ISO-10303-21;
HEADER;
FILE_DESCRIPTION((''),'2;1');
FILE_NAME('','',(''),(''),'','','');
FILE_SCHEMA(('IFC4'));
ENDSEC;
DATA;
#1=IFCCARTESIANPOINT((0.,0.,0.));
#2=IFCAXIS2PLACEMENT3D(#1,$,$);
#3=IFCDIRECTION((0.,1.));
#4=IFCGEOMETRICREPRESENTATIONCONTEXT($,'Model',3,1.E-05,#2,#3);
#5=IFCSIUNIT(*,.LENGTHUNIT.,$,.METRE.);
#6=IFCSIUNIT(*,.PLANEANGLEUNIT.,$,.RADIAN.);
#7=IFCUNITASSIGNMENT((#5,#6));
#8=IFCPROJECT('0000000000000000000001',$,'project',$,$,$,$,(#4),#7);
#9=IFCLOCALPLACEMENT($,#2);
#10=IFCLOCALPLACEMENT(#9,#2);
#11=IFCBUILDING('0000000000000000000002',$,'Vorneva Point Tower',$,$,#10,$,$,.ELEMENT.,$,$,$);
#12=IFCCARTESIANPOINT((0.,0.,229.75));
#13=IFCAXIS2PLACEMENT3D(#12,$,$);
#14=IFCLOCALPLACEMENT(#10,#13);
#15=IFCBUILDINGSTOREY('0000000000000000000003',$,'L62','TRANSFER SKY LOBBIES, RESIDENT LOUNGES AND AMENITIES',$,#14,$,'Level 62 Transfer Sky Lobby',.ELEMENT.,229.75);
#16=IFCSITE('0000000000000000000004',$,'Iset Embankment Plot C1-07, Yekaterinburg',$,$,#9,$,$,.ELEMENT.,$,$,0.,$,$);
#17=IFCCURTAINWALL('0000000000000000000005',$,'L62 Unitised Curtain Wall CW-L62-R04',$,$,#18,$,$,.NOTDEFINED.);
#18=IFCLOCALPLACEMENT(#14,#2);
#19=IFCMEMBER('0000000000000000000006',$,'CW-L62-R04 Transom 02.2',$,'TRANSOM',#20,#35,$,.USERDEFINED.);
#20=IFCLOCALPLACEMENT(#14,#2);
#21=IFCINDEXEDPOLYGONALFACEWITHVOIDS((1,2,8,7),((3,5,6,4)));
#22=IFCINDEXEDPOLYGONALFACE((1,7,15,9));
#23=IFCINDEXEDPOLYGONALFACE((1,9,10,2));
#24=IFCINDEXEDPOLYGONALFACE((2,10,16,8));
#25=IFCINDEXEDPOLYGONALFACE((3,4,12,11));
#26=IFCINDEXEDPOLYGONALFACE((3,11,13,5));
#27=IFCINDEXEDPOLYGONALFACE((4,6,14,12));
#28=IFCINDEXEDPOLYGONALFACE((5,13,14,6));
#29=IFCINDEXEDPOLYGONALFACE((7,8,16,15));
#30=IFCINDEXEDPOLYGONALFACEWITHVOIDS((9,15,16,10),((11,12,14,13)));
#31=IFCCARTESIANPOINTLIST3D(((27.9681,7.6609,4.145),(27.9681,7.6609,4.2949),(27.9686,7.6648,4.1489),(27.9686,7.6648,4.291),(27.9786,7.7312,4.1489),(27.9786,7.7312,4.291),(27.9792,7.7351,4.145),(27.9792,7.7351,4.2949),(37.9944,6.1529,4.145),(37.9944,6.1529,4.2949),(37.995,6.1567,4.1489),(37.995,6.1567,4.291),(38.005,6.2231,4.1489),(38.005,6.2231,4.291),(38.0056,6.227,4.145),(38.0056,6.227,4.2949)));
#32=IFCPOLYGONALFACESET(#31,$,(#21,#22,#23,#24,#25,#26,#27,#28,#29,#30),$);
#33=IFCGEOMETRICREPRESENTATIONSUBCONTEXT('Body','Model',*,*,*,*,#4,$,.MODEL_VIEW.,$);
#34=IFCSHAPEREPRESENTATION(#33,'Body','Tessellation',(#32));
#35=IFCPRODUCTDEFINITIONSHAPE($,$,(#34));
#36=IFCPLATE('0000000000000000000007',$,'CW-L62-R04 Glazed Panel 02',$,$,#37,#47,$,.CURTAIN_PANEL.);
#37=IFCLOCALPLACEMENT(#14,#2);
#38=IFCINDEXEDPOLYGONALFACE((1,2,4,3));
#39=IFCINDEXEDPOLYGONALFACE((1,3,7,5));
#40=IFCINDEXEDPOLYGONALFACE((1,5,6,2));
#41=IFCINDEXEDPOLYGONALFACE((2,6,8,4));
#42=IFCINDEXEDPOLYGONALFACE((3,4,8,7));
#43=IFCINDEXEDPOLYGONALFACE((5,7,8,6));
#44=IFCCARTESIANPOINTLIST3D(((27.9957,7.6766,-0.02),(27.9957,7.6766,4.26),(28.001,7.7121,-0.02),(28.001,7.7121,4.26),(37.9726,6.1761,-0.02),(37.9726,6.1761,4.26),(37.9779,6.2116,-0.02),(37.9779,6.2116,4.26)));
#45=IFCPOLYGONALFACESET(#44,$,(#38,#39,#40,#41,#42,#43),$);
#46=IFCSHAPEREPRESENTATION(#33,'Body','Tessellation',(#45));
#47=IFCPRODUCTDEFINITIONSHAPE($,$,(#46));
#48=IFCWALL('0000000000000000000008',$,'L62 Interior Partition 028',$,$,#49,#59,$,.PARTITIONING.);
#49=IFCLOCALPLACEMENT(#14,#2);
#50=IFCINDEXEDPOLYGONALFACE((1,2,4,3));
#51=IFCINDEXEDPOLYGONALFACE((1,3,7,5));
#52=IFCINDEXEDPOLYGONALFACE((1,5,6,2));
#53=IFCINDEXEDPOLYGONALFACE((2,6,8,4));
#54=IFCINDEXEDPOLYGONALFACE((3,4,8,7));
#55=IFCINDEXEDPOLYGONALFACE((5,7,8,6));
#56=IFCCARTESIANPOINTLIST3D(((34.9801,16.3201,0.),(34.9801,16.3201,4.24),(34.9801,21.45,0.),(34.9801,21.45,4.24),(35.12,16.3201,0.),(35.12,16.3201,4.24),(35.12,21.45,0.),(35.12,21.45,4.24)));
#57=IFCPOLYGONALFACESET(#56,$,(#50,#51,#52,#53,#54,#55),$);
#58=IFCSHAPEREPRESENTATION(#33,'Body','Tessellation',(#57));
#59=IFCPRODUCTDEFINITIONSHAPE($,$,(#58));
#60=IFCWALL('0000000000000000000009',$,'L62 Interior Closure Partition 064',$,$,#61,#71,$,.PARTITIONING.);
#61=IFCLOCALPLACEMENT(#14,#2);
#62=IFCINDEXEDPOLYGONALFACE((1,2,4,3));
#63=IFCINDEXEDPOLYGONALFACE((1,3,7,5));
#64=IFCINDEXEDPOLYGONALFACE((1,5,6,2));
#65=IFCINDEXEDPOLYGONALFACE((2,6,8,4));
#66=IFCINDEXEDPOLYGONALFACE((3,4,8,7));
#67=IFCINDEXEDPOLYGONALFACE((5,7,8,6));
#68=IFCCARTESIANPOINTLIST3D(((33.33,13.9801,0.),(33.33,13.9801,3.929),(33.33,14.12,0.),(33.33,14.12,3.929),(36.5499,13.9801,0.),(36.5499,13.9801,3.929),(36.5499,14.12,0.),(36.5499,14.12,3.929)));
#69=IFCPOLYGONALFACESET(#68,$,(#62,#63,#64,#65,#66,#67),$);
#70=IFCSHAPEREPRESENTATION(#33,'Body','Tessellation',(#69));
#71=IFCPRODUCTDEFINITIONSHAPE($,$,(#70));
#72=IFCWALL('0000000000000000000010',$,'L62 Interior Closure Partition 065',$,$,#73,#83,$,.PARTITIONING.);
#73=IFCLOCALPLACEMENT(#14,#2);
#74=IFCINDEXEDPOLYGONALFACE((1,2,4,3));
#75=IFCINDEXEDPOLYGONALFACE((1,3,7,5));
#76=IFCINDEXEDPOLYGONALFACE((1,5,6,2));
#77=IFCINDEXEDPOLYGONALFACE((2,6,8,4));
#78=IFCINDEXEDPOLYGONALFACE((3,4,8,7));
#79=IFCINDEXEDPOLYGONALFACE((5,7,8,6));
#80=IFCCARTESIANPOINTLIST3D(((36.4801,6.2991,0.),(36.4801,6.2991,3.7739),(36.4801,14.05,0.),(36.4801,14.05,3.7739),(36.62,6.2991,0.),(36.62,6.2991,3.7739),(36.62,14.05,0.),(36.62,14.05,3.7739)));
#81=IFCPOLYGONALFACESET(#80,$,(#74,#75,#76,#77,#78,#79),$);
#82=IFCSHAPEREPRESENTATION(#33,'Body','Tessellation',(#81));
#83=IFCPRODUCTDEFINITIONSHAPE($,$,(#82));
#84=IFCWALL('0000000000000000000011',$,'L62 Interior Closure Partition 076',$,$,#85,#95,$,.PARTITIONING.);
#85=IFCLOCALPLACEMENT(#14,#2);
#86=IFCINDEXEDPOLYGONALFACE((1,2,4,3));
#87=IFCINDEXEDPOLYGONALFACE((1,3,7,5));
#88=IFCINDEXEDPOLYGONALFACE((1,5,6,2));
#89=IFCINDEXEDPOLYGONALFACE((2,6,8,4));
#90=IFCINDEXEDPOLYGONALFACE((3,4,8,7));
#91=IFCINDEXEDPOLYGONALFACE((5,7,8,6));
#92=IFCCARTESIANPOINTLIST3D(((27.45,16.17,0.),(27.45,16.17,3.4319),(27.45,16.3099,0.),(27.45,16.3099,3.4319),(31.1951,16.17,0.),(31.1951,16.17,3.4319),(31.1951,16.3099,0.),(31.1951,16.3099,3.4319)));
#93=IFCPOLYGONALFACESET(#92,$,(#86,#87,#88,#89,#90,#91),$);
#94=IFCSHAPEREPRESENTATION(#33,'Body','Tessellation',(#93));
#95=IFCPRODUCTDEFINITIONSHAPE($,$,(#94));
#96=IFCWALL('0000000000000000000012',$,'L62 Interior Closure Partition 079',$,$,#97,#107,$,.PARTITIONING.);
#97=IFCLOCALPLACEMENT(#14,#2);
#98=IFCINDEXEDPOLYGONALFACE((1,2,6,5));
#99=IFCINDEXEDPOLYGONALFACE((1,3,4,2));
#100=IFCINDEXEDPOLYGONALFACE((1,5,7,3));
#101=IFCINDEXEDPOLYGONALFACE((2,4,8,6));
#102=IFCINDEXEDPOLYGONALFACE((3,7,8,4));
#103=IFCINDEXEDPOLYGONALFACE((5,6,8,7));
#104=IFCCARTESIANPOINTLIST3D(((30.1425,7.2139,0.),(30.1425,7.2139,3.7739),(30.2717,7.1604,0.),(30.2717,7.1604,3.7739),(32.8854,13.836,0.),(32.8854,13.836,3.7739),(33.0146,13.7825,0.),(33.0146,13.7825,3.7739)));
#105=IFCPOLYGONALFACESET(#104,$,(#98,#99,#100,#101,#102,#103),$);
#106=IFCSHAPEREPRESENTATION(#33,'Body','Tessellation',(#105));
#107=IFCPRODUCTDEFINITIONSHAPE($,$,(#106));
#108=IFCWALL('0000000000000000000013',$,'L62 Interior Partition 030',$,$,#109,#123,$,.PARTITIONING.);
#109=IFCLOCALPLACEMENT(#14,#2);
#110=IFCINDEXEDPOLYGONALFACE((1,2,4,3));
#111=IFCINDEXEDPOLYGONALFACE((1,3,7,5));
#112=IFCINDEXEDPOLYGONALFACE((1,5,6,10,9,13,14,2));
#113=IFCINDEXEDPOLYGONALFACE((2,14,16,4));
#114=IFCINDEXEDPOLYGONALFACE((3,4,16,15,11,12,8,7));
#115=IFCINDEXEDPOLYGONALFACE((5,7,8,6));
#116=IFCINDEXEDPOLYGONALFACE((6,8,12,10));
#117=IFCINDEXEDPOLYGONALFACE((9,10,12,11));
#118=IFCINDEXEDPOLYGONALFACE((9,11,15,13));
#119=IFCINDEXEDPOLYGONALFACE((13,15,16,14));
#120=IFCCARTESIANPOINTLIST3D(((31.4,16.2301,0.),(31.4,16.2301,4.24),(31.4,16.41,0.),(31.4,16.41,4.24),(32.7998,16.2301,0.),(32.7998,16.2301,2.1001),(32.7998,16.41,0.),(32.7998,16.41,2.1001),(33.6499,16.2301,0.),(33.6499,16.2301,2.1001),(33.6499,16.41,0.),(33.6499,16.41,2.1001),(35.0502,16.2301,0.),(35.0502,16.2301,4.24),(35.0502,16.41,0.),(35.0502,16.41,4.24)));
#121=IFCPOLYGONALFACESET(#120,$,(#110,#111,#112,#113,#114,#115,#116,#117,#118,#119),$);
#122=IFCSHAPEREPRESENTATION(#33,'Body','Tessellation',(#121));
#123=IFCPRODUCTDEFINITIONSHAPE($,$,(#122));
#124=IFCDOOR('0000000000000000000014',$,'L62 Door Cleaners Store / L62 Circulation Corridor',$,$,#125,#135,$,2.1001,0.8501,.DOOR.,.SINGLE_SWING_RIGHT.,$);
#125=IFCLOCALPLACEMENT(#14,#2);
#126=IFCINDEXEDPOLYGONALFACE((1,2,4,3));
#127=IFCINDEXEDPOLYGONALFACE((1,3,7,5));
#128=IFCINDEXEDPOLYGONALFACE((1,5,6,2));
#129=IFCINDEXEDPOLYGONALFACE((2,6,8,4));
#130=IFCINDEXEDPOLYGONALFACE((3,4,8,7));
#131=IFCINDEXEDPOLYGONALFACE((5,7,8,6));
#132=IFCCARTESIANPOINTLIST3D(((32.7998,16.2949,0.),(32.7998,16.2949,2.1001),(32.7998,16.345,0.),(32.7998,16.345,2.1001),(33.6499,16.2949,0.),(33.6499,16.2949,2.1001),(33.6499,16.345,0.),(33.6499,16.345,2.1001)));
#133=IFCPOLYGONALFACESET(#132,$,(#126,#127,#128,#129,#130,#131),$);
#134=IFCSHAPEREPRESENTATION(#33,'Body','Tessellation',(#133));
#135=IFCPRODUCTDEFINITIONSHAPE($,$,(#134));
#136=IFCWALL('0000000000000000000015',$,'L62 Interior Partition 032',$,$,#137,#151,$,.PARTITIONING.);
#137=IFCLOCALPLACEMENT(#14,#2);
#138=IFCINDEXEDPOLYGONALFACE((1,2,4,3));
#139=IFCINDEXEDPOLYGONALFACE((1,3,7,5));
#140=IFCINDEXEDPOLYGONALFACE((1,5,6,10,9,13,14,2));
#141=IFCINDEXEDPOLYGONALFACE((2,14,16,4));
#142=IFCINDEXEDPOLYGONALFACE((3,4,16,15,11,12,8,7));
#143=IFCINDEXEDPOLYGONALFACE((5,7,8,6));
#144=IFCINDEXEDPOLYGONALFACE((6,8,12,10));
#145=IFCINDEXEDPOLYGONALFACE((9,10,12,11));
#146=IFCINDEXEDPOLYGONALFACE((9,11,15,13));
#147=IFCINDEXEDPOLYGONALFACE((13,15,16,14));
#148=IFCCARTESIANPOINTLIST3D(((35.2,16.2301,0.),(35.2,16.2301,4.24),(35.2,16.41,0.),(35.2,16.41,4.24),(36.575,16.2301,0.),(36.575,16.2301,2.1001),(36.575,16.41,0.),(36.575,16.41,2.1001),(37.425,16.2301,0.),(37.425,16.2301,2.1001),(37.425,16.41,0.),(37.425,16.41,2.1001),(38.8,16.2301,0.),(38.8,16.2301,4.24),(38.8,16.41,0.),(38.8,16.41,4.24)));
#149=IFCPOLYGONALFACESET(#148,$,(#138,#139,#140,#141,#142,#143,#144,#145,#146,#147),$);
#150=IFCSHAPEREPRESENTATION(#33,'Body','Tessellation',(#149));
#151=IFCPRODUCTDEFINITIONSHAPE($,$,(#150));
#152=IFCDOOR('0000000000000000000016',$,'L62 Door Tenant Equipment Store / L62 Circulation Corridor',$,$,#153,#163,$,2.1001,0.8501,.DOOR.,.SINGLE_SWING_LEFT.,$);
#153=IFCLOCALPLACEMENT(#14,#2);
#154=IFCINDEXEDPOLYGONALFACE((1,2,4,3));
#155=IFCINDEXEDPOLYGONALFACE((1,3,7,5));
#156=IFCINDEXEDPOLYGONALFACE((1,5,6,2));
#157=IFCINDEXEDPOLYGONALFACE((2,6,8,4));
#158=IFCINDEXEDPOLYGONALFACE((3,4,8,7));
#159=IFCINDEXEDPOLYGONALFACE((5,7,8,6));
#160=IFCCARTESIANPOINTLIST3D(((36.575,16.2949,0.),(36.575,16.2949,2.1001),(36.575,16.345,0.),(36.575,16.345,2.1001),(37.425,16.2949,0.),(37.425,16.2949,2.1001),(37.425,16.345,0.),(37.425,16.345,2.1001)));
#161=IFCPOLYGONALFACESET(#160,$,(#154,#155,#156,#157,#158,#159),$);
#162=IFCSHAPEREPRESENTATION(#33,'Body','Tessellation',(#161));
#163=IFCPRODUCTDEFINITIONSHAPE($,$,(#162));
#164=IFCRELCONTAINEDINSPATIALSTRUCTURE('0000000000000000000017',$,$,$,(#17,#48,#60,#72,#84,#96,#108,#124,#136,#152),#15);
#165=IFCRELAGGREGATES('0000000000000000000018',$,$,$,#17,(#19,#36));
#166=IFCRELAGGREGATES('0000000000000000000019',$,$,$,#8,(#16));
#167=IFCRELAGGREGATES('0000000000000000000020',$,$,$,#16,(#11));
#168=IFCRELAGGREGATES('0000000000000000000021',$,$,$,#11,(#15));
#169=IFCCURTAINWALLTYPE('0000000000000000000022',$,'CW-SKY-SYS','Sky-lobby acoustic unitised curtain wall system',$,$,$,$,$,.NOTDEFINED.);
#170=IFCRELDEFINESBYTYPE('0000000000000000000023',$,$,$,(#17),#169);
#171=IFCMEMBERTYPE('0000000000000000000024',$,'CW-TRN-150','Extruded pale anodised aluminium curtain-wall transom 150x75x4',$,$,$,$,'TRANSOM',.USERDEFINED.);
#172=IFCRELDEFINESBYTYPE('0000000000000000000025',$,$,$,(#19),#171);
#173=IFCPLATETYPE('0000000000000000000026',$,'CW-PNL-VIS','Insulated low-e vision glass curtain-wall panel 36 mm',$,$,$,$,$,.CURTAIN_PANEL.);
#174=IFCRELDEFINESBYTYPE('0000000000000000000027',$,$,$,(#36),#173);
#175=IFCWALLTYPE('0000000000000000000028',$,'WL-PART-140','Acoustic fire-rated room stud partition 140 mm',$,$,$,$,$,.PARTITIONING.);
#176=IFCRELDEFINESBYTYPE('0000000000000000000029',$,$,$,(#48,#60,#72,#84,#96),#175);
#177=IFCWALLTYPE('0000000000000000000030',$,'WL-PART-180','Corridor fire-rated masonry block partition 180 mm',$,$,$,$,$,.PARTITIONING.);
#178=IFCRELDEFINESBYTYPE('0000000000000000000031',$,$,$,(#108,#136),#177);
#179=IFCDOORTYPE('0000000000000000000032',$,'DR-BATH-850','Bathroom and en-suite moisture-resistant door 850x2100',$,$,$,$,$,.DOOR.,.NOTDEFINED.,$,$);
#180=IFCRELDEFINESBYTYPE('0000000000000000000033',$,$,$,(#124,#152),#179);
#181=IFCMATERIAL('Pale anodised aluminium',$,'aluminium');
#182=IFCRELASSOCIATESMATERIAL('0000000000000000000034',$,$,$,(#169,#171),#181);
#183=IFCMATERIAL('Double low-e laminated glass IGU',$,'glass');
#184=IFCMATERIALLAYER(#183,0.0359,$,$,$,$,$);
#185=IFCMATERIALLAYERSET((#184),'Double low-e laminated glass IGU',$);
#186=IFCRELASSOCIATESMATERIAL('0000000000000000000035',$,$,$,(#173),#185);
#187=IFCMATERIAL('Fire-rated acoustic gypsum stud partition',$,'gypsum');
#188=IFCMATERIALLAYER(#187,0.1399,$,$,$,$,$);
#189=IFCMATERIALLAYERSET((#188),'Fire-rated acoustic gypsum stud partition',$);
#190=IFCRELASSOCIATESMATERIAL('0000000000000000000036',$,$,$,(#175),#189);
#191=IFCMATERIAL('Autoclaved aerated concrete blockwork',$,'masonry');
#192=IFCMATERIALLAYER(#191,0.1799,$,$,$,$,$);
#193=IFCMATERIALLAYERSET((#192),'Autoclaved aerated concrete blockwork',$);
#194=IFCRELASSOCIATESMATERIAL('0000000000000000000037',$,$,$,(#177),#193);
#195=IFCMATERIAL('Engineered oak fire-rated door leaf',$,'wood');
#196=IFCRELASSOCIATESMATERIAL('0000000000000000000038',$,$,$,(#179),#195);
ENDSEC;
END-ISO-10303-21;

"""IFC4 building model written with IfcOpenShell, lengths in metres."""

from ifc_helpers import new_model, si_unit, direction, frame, frame_2d, origin, origin_2d, place, context, subcontext, project, spatial, rectangle, hollow_rectangle, extrude, material, layer, layer_set, material_profile, profile_set, type_object, element, fill, aggregate, save


model = new_model("IFC4")

# Units and contexts
model_context = context("Model", 3, precision=1e-05, world=origin(), true_north=direction((0.0, 1.0)))
body_context = subcontext(model_context, "Body", "Model", "MODEL_VIEW")
ifc_project = project(units=[si_unit("LENGTHUNIT", "METRE"), si_unit("PLANEANGLEUNIT", "RADIAN")], contexts=[model_context])

# Site, building, storey
site_placement = place(None, origin())
site = spatial("IfcSite", under=ifc_project, at=site_placement, Name="Iset Embankment Plot C1-07, Yekaterinburg", CompositionType="ELEMENT", RefElevation=0.0)
building_placement = place(site_placement, origin())
building = spatial("IfcBuilding", under=site, at=building_placement, Name="Vorneva Point Tower", CompositionType="ELEMENT")
storey_placement = place(building_placement, frame((0.0, 0.0, 229.75)))
storey = spatial("IfcBuildingStorey", under=building, at=storey_placement, Name="L62", Description="TRANSFER SKY LOBBIES, RESIDENT LOUNGES AND AMENITIES", LongName="Level 62 Transfer Sky Lobby", CompositionType="ELEMENT", Elevation=229.75)

# Curtain wall, member, plate
ifc_material_1 = material(Name="Pale anodised aluminium", Category="aluminium")
curtain_wall_type = type_object("IfcCurtainWallType", Name="CW-SKY-SYS", Description="Sky-lobby acoustic unitised curtain wall system", PredefinedType="NOTDEFINED", material=ifc_material_1)
curtain_wall_placement = place(storey_placement, origin())
curtain_wall = element("IfcCurtainWall", 1, at=curtain_wall_placement, inside=storey, type_object=curtain_wall_type, Name="L62 Unitised Curtain Wall CW-L62-R04", PredefinedType="NOTDEFINED")
ifc_material_profile_1 = material_profile(ifc_material_1, hollow_rectangle(XDim=0.075, YDim=0.1499, WallThickness=0.0039, at=origin_2d()), Name="AL-TRN 150x75x4")
ifc_profile_set_1 = profile_set([ifc_material_profile_1], Name="Pale anodised aluminium")
member_type_1 = type_object("IfcMemberType", Name="CW-TRN-150", Description="Extruded pale anodised aluminium curtain-wall transom 150x75x4", ElementType="TRANSOM", PredefinedType="USERDEFINED", material=ifc_profile_set_1)
member_1_placement = place(storey_placement, frame((27.9736, 7.698, 4.22), z_axis=(0.988877, -0.148736, 0.0), x_axis=(0.148736, 0.988877, 0.0)))
member_1 = element("IfcMember", 2, at=member_1_placement, type_object=member_type_1, Name="CW-L62-R04 Transom 02.2", ObjectType="TRANSOM", PredefinedType="USERDEFINED", context=body_context, shape_type="SweptSolid", body=[
    extrude(hollow_rectangle(XDim=0.075, YDim=0.1499, WallThickness=0.0039, at=origin_2d()), origin(), (0.0, 0.0, 1.0), 10.1392),
])
ifc_material_2 = material(Name="Double low-e laminated glass IGU", Category="glass")
ifc_layer_1 = layer(ifc_material_2, 0.0359)
ifc_layer_set_1 = layer_set([ifc_layer_1], Name="Double low-e laminated glass IGU")
plate_type = type_object("IfcPlateType", Name="CW-PNL-VIS", Description="Insulated low-e vision glass curtain-wall panel 36 mm", PredefinedType="CURTAIN_PANEL", material=ifc_layer_set_1)
plate_placement = place(storey_placement, frame((32.9868, 6.9441, -0.02), z_axis=(0.0, 0.0, 1.0), x_axis=(0.988879, -0.148724, 0.0)))
plate = element("IfcPlate", 3, at=plate_placement, type_object=plate_type, Name="CW-L62-R04 Glazed Panel 02", PredefinedType="CURTAIN_PANEL", context=body_context, shape_type="SweptSolid", body=[
    extrude(rectangle(XDim=10.0891, YDim=0.0359, at=origin_2d()), origin(), (0.0, 0.0, 1.0), 4.28),
])
aggregate(curtain_wall, [member_1, plate])

# Walls
ifc_material_3 = material(Name="Fire-rated acoustic gypsum stud partition", Category="gypsum")
ifc_layer_2 = layer(ifc_material_3, 0.1399)
ifc_layer_set_2 = layer_set([ifc_layer_2], Name="Fire-rated acoustic gypsum stud partition")
wall_type_1 = type_object("IfcWallType", Name="WL-PART-140", Description="Acoustic fire-rated room stud partition 140 mm", PredefinedType="PARTITIONING", material=ifc_layer_set_2)
wall_1_placement = place(storey_placement, frame((35.05, 16.3201, 0.0), z_axis=(0.0, 0.0, 1.0), x_axis=(0.0, 1.0, 0.0)))
element("IfcWall", 4, at=wall_1_placement, inside=storey, type_object=wall_type_1, Name="L62 Interior Partition 028", PredefinedType="PARTITIONING", context=body_context, shape_type="SweptSolid", body=[
    extrude(rectangle(XDim=5.1299, YDim=0.1399, at=frame_2d((2.5649, 0.0))), origin(), (0.0, 0.0, 1.0), 4.24),
])
wall_2_placement = place(storey_placement, frame((33.3301, 14.05, 0.0), z_axis=(0.0, 0.0, 1.0), x_axis=(1.0, 0.0, 0.0)))
element("IfcWall", 5, at=wall_2_placement, inside=storey, type_object=wall_type_1, Name="L62 Interior Closure Partition 064", PredefinedType="PARTITIONING", context=body_context, shape_type="SweptSolid", body=[
    extrude(rectangle(XDim=3.22, YDim=0.1399, at=frame_2d((1.6099, 0.0))), origin(), (0.0, 0.0, 1.0), 3.929),
])
wall_3_placement = place(storey_placement, frame((36.55, 14.05, 0.0), z_axis=(0.0, 0.0, 1.0), x_axis=(0.0, -1.0, 0.0)))
element("IfcWall", 6, at=wall_3_placement, inside=storey, type_object=wall_type_1, Name="L62 Interior Closure Partition 065", PredefinedType="PARTITIONING", context=body_context, shape_type="SweptSolid", body=[
    extrude(rectangle(XDim=7.751, YDim=0.1399, at=frame_2d((3.8755, 0.0))), origin(), (0.0, 0.0, 1.0), 3.7739),
])
wall_4_placement = place(storey_placement, frame((27.45, 16.24, 0.0), z_axis=(0.0, 0.0, 1.0), x_axis=(1.0, 0.0, 0.0)))
element("IfcWall", 7, at=wall_4_placement, inside=storey, type_object=wall_type_1, Name="L62 Interior Closure Partition 076", PredefinedType="PARTITIONING", context=body_context, shape_type="SweptSolid", body=[
    extrude(rectangle(XDim=3.7451, YDim=0.1399, at=frame_2d((1.8726, 0.0))), origin(), (0.0, 0.0, 1.0), 3.4319),
])
wall_5_placement = place(storey_placement, frame((30.207, 7.187, 0.0), z_axis=(0.0, 0.0, 1.0), x_axis=(0.38268, 0.923881, 0.0)))
element("IfcWall", 8, at=wall_5_placement, inside=storey, type_object=wall_type_1, Name="L62 Interior Closure Partition 079", PredefinedType="PARTITIONING", context=body_context, shape_type="SweptSolid", body=[
    extrude(rectangle(XDim=7.1677, YDim=0.1399, at=frame_2d((3.584, 0.0))), origin(), (0.0, 0.0, 1.0), 3.7739),
])

# Walls, openings, doors
ifc_material_4 = material(Name="Autoclaved aerated concrete blockwork", Category="masonry")
ifc_layer_3 = layer(ifc_material_4, 0.1799)
ifc_layer_set_3 = layer_set([ifc_layer_3], Name="Autoclaved aerated concrete blockwork")
wall_type_2 = type_object("IfcWallType", Name="WL-PART-180", Description="Corridor fire-rated masonry block partition 180 mm", PredefinedType="PARTITIONING", material=ifc_layer_set_3)
wall_6_placement = place(storey_placement, frame((31.3999, 16.3201, 0.0), z_axis=(0.0, 0.0, 1.0), x_axis=(1.0, 0.0, 0.0)))
wall_6 = element("IfcWall", 9, at=wall_6_placement, inside=storey, type_object=wall_type_2, Name="L62 Interior Partition 030", PredefinedType="PARTITIONING", context=body_context, shape_type="SweptSolid", body=[
    extrude(rectangle(XDim=3.6501, YDim=0.1799, at=frame_2d((1.8252, 0.0))), origin(), (0.0, 0.0, 1.0), 4.24),
])
opening_1_placement = place(wall_6_placement, frame((1.3999, 0.0, 0.0)))
opening_1 = element("IfcOpeningElement", 10, at=opening_1_placement, cuts=wall_6, PredefinedType="OPENING", context=body_context, shape_type="SweptSolid", body=[
    extrude(rectangle(XDim=0.8501, YDim=2.1001, at=frame_2d((0.425, 1.05))), frame((0.0, 0.105, 0.0), z_axis=(0.0, -1.0, 0.0), x_axis=(1.0, 0.0, 0.0)), (0.0, 0.0, 1.0), 0.2097),
])
ifc_material_5 = material(Name="Engineered oak fire-rated door leaf", Category="wood")
door_type = type_object("IfcDoorType", Name="DR-BATH-850", Description="Bathroom and en-suite moisture-resistant door 850x2100", OperationType="NOTDEFINED", PredefinedType="DOOR", material=ifc_material_5)
door_1_placement = place(opening_1_placement, origin())
door_1 = element("IfcDoor", 11, at=door_1_placement, inside=storey, type_object=door_type, Name="L62 Door Cleaners Store / L62 Circulation Corridor", OperationType="SINGLE_SWING_RIGHT", OverallHeight=2.1001, OverallWidth=0.8501, PredefinedType="DOOR", context=body_context, shape_type="SweptSolid", body=[
    extrude(rectangle(XDim=0.8501, YDim=2.1001, at=frame_2d((0.425, 1.05))), frame((0.0, 0.0249, 0.0), z_axis=(0.0, -1.0, 0.0), x_axis=(1.0, 0.0, 0.0)), (0.0, 0.0, 1.0), 0.05),
])
fill(opening_1, door_1)
wall_7_placement = place(storey_placement, frame((35.2, 16.3201, 0.0), z_axis=(0.0, 0.0, 1.0), x_axis=(1.0, 0.0, 0.0)))
wall_7 = element("IfcWall", 12, at=wall_7_placement, inside=storey, type_object=wall_type_2, Name="L62 Interior Partition 032", PredefinedType="PARTITIONING", context=body_context, shape_type="SweptSolid", body=[
    extrude(rectangle(XDim=3.6001, YDim=0.1799, at=frame_2d((1.8, 0.0))), origin(), (0.0, 0.0, 1.0), 4.24),
])
opening_2_placement = place(wall_7_placement, frame((1.375, 0.0, 0.0)))
opening_2 = element("IfcOpeningElement", 13, at=opening_2_placement, cuts=wall_7, PredefinedType="OPENING", context=body_context, shape_type="SweptSolid", body=[
    extrude(rectangle(XDim=0.8501, YDim=2.1001, at=frame_2d((0.425, 1.05))), frame((0.0, 0.105, 0.0), z_axis=(0.0, -1.0, 0.0), x_axis=(1.0, 0.0, 0.0)), (0.0, 0.0, 1.0), 0.2097),
])
door_2_placement = place(opening_2_placement, origin())
door_2 = element("IfcDoor", 14, at=door_2_placement, inside=storey, type_object=door_type, Name="L62 Door Tenant Equipment Store / L62 Circulation Corridor", OperationType="SINGLE_SWING_LEFT", OverallHeight=2.1001, OverallWidth=0.8501, PredefinedType="DOOR", context=body_context, shape_type="SweptSolid", body=[
    extrude(rectangle(XDim=0.8501, YDim=2.1001, at=frame_2d((0.425, 1.05))), frame((0.0, 0.0249, 0.0), z_axis=(0.0, -1.0, 0.0), x_axis=(1.0, 0.0, 0.0)), (0.0, 0.0, 1.0), 0.05),
])
fill(opening_2, door_2)

save(model, "model.ifc")
